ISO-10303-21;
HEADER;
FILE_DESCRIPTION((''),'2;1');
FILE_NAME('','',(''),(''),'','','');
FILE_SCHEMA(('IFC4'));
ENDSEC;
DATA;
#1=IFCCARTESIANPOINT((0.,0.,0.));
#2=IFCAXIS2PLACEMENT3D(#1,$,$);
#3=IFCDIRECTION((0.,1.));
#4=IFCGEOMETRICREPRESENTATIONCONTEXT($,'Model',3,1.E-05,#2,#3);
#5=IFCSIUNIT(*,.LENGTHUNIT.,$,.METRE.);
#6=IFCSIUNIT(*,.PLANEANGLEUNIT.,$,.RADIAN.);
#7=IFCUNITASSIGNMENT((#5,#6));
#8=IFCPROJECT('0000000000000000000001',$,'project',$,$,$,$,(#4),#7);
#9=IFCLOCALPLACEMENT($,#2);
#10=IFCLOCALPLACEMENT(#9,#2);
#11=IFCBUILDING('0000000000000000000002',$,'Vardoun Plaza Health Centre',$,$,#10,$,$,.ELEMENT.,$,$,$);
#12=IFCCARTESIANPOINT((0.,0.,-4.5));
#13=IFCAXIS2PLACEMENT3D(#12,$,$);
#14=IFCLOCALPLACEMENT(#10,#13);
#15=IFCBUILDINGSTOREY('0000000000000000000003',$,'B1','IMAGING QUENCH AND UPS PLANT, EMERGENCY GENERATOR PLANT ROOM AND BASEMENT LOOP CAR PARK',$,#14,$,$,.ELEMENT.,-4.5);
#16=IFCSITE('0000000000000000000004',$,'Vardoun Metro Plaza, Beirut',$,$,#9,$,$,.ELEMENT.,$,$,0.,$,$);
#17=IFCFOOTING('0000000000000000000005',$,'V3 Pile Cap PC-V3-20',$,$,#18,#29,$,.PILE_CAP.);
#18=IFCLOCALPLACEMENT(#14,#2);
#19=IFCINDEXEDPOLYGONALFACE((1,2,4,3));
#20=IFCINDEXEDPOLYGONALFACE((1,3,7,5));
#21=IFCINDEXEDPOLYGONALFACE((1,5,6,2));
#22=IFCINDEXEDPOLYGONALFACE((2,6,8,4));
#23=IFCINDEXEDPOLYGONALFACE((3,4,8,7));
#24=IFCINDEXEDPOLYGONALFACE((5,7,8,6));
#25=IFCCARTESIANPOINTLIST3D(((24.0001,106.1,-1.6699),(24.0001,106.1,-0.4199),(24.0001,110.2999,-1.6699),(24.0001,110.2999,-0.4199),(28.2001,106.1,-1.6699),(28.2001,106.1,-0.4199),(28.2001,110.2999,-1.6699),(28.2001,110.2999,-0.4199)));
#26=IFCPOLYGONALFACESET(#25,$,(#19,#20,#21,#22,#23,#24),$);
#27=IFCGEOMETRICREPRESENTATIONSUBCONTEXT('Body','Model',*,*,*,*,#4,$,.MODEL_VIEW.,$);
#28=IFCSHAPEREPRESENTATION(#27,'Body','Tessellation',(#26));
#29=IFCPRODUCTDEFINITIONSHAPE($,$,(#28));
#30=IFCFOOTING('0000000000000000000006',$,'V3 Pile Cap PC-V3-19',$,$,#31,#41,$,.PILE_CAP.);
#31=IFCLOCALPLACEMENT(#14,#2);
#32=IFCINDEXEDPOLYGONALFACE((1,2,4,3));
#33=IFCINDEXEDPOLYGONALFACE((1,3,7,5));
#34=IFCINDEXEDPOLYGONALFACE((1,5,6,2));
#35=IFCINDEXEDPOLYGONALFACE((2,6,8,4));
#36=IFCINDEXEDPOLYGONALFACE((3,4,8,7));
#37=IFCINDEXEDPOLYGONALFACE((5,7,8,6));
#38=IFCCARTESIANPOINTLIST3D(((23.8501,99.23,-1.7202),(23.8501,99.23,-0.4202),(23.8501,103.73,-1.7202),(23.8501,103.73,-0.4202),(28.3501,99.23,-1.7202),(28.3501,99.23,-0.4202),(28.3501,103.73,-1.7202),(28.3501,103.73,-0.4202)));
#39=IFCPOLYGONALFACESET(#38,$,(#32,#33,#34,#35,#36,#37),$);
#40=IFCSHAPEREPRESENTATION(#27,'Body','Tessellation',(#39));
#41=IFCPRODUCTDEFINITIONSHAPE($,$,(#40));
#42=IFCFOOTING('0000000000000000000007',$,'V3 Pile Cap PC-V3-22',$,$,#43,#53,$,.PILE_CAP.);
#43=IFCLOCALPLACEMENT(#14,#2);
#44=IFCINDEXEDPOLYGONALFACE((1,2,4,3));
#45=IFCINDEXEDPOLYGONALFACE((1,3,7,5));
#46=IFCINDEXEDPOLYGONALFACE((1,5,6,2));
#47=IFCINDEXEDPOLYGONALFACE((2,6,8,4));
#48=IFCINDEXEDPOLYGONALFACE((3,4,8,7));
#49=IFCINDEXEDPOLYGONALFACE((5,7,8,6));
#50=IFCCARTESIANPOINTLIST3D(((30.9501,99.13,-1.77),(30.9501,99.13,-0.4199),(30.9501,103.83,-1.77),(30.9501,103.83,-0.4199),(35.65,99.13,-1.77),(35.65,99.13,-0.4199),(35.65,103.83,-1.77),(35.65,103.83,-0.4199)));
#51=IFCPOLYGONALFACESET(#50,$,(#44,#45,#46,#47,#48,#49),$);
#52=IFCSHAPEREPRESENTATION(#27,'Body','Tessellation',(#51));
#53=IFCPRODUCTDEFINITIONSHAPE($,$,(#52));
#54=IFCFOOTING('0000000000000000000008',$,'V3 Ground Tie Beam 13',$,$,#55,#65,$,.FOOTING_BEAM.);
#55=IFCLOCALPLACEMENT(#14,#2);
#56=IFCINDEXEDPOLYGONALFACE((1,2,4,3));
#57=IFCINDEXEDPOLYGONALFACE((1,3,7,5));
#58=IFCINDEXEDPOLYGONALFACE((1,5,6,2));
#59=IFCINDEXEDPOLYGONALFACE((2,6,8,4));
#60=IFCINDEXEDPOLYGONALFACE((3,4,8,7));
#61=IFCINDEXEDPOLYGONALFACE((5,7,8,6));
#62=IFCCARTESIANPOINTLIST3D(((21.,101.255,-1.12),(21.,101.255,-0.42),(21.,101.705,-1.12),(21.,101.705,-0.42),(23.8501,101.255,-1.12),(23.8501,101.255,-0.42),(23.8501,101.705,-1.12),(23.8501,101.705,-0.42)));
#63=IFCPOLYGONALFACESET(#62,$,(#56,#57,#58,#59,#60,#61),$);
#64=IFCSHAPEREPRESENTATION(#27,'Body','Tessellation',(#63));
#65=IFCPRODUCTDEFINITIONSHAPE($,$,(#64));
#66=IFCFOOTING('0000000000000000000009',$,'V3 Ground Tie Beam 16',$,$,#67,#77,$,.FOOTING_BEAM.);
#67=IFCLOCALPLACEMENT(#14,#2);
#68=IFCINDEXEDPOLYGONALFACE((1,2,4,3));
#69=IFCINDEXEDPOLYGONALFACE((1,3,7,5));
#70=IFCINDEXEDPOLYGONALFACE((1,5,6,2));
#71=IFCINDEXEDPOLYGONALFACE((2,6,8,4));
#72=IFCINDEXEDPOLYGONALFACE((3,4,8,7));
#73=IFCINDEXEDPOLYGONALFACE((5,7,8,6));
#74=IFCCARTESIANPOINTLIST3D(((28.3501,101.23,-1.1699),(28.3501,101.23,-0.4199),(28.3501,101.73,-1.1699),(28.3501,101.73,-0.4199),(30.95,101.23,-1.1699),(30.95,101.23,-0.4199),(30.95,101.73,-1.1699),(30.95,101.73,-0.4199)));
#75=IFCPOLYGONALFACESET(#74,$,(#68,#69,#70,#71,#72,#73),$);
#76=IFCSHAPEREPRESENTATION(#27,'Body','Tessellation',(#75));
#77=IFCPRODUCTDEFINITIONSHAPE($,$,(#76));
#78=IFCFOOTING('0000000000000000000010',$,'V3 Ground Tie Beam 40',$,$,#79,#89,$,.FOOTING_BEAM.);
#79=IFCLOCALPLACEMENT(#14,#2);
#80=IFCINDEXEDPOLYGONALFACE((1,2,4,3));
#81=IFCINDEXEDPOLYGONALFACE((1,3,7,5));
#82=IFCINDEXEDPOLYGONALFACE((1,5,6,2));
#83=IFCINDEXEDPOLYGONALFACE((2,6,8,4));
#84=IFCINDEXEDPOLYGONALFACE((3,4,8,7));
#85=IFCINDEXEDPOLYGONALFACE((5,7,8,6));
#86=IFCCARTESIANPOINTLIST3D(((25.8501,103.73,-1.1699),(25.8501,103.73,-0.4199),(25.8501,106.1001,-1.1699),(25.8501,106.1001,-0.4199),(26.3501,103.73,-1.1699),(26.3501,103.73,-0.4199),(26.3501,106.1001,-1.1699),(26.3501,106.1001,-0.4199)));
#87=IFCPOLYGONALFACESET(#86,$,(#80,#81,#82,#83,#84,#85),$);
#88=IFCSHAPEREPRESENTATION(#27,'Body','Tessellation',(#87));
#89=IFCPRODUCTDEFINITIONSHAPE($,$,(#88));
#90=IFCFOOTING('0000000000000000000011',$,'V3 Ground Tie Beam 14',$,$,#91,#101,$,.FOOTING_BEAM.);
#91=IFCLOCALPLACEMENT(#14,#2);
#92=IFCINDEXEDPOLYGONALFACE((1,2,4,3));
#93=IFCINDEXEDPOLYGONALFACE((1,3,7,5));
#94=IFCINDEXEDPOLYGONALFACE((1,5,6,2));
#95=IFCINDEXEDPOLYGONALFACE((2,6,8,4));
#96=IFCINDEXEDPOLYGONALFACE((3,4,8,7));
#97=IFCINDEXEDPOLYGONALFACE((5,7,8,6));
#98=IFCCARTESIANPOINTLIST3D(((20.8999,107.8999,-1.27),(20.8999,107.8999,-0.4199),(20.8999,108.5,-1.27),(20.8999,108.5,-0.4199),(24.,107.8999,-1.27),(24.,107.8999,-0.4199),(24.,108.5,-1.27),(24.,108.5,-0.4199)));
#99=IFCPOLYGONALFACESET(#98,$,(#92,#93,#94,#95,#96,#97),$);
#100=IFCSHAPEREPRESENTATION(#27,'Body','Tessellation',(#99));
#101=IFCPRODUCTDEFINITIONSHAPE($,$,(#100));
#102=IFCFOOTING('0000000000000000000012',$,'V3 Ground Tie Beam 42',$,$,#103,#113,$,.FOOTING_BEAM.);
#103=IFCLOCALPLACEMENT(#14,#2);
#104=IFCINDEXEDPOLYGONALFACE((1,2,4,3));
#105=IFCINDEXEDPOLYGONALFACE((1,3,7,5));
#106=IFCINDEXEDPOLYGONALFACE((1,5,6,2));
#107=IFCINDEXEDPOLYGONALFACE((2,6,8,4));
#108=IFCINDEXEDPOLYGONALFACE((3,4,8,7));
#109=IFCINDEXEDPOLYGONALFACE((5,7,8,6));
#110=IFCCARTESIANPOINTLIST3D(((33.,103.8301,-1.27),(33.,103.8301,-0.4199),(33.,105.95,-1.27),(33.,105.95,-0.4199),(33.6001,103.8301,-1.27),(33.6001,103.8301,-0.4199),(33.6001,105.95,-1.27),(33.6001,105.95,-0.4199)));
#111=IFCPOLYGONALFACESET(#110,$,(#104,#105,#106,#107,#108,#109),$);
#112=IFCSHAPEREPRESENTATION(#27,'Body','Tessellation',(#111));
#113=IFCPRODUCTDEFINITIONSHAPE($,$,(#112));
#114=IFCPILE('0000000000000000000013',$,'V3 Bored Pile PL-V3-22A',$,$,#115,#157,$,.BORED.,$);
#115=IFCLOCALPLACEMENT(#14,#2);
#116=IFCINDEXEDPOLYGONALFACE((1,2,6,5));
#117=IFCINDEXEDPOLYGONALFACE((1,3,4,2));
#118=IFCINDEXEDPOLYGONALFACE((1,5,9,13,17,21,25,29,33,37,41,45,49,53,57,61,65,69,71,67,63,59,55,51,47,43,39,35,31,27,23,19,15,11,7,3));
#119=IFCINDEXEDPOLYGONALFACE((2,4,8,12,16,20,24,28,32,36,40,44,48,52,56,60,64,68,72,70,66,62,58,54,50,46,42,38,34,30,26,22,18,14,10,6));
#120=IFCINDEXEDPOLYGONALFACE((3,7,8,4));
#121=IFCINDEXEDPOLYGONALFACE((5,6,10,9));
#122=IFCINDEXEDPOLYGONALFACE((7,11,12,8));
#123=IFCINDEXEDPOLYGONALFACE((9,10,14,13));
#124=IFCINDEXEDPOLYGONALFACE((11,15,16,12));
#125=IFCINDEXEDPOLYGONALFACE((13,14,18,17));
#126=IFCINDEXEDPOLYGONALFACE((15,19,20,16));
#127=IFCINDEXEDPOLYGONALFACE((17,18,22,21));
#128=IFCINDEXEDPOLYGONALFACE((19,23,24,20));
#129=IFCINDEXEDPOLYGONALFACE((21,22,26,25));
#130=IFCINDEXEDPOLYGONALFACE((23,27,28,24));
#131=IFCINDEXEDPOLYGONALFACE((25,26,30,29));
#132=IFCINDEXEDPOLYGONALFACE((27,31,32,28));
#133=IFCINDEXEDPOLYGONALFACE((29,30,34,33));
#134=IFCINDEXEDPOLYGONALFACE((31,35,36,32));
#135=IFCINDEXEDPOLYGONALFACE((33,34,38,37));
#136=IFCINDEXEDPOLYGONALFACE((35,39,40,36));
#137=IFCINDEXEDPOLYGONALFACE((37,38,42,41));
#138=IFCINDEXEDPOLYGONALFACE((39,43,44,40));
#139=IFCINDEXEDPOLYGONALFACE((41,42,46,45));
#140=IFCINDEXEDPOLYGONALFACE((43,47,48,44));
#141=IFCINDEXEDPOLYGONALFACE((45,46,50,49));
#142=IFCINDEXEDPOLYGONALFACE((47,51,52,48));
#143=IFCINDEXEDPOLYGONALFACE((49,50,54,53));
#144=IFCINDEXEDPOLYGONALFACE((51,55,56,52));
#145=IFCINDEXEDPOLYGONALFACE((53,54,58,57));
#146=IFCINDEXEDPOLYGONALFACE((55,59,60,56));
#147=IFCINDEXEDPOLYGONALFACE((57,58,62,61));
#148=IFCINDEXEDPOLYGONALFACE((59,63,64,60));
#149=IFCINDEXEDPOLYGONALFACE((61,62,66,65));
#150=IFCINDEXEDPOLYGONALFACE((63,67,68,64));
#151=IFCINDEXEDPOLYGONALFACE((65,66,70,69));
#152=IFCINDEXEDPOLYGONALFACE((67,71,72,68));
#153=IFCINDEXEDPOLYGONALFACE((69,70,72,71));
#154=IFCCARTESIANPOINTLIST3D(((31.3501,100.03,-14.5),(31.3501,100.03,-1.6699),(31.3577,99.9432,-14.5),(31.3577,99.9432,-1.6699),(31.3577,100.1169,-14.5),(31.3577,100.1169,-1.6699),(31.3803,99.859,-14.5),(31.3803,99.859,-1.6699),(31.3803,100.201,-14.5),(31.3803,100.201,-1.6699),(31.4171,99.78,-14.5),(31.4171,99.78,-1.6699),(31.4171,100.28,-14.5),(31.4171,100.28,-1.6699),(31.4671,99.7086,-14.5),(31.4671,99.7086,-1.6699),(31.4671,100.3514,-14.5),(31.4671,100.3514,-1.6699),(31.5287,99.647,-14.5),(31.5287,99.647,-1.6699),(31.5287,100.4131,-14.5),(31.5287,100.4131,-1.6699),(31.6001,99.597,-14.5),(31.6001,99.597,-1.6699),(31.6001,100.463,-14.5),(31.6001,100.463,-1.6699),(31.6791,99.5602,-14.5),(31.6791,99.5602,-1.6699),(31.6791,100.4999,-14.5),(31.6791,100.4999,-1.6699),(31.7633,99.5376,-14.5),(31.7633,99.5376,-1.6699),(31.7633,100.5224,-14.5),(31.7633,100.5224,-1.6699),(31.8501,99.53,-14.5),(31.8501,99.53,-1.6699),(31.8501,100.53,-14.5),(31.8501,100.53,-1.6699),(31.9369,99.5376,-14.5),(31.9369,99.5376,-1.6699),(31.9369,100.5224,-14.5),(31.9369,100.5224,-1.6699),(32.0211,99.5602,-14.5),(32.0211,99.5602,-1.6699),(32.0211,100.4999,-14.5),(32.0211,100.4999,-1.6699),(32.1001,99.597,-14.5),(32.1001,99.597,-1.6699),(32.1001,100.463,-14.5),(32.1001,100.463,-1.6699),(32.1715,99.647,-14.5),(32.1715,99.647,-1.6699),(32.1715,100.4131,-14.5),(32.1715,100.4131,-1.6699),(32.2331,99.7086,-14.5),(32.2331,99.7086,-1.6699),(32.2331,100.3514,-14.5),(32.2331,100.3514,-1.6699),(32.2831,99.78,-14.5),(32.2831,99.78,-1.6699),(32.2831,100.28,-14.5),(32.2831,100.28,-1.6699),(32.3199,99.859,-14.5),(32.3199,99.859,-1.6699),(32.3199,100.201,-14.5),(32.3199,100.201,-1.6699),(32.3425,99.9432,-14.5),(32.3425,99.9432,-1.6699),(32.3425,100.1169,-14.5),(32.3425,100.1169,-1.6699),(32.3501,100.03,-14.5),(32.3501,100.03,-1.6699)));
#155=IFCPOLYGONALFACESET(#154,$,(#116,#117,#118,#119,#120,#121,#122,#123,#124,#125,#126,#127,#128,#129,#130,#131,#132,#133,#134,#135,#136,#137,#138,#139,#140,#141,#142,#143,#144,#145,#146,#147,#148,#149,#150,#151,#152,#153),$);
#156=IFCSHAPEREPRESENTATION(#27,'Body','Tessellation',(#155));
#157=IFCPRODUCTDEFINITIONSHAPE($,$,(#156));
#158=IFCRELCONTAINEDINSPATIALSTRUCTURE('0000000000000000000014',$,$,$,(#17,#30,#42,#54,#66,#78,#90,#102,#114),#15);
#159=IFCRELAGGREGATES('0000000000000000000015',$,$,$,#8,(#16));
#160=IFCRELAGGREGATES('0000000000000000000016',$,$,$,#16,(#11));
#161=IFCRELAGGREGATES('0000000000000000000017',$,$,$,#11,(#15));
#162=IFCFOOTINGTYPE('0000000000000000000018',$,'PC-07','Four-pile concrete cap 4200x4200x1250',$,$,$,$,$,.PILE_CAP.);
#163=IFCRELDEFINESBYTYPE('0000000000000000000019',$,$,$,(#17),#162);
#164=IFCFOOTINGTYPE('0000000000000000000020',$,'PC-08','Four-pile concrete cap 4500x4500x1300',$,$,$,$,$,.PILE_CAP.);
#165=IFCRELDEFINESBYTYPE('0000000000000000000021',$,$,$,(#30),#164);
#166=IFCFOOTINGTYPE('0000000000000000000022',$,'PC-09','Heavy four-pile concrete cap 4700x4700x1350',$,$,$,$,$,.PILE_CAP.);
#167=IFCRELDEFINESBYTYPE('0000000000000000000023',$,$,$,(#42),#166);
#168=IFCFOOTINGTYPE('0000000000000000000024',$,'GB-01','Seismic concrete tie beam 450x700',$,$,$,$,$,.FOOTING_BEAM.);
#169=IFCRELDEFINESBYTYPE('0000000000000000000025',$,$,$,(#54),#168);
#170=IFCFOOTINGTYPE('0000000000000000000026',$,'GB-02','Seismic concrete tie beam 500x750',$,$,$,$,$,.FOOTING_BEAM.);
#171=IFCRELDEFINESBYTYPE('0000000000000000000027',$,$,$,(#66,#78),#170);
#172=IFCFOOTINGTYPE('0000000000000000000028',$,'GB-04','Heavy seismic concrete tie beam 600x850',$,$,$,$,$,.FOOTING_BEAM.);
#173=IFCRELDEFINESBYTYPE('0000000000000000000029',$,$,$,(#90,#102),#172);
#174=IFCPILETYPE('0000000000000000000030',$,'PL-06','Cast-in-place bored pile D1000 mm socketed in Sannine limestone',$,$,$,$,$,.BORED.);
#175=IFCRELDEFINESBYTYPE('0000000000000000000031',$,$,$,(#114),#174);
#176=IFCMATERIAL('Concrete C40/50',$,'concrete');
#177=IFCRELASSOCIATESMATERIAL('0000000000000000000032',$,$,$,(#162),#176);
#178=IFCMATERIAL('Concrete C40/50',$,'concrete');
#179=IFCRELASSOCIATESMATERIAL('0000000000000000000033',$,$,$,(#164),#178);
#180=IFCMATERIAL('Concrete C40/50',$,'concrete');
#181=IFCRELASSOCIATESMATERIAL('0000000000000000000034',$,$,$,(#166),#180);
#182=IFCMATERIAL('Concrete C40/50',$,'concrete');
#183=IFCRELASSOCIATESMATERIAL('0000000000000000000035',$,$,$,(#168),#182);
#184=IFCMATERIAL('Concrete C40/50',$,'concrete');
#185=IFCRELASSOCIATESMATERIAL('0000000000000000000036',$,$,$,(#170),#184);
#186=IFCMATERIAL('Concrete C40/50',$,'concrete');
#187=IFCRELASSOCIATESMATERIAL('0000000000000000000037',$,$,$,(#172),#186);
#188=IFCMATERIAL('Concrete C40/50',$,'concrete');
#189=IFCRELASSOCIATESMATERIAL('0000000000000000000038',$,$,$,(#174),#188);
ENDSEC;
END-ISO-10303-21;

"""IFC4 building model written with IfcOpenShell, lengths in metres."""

from ifc_helpers import new_model, si_unit, direction, frame, origin, origin_2d, place, context, subcontext, project, spatial, rectangle, circle, extrude, material, material_profile, profile_set, type_object, element, save


model = new_model("IFC4")

# Units and contexts
model_context = context("Model", 3, precision=1e-05, world=origin(), true_north=direction((0.0, 1.0)))
body_context = subcontext(model_context, "Body", "Model", "MODEL_VIEW")
ifc_project = project(units=[si_unit("LENGTHUNIT", "METRE"), si_unit("PLANEANGLEUNIT", "RADIAN")], contexts=[model_context])

# Site, building, storey
site_placement = place(None, origin())
site = spatial("IfcSite", under=ifc_project, at=site_placement, Name="Vardoun Metro Plaza, Beirut", CompositionType="ELEMENT", RefElevation=0.0)
building_placement = place(site_placement, origin())
building = spatial("IfcBuilding", under=site, at=building_placement, Name="Vardoun Plaza Health Centre", CompositionType="ELEMENT")
storey_placement = place(building_placement, frame((0.0, 0.0, -4.5)))
storey = spatial("IfcBuildingStorey", under=building, at=storey_placement, Name="B1", Description="IMAGING QUENCH AND UPS PLANT, EMERGENCY GENERATOR PLANT ROOM AND BASEMENT LOOP CAR PARK", CompositionType="ELEMENT", Elevation=-4.5)

# Footings
ifc_material_1 = material(Name="Concrete C40/50", Category="concrete")
footing_type_1 = type_object("IfcFootingType", Name="PC-07", Description="Four-pile concrete cap 4200x4200x1250", PredefinedType="PILE_CAP", material=ifc_material_1)
footing_1_placement = place(storey_placement, frame((26.1001, 108.2, -1.6699), z_axis=(0.0, 0.0, 1.0), x_axis=(1.0, 0.0, 0.0)))
element("IfcFooting", 1, at=footing_1_placement, inside=storey, type_object=footing_type_1, Name="V3 Pile Cap PC-V3-20", PredefinedType="PILE_CAP", context=body_context, shape_type="SweptSolid", body=[
    extrude(rectangle(XDim=4.2, YDim=4.2, at=origin_2d()), origin(), (0.0, 0.0, 1.0), 1.25),
])
ifc_material_2 = material(Name="Concrete C40/50", Category="concrete")
footing_type_2 = type_object("IfcFootingType", Name="PC-08", Description="Four-pile concrete cap 4500x4500x1300", PredefinedType="PILE_CAP", material=ifc_material_2)
footing_2_placement = place(storey_placement, frame((26.1001, 101.48, -1.7202), z_axis=(0.0, 0.0, 1.0), x_axis=(1.0, 0.0, 0.0)))
element("IfcFooting", 2, at=footing_2_placement, inside=storey, type_object=footing_type_2, Name="V3 Pile Cap PC-V3-19", PredefinedType="PILE_CAP", context=body_context, shape_type="SweptSolid", body=[
    extrude(rectangle(XDim=4.5, YDim=4.5, at=origin_2d()), origin(), (0.0, 0.0, 1.0), 1.3),
])
ifc_material_3 = material(Name="Concrete C40/50", Category="concrete")
footing_type_3 = type_object("IfcFootingType", Name="PC-09", Description="Heavy four-pile concrete cap 4700x4700x1350", PredefinedType="PILE_CAP", material=ifc_material_3)
footing_3_placement = place(storey_placement, frame((33.3, 101.48, -1.77), z_axis=(0.0, 0.0, 1.0), x_axis=(1.0, 0.0, 0.0)))
element("IfcFooting", 3, at=footing_3_placement, inside=storey, type_object=footing_type_3, Name="V3 Pile Cap PC-V3-22", PredefinedType="PILE_CAP", context=body_context, shape_type="SweptSolid", body=[
    extrude(rectangle(XDim=4.7, YDim=4.7, at=origin_2d()), origin(), (0.0, 0.0, 1.0), 1.3501),
])
ifc_material_4 = material(Name="Concrete C40/50", Category="concrete")
ifc_material_profile_1 = material_profile(ifc_material_4, rectangle(XDim=0.45, YDim=0.7, at=origin_2d()), Name="GB 450x700")
ifc_profile_set_1 = profile_set([ifc_material_profile_1], Name="Concrete C40/50")
footing_type_4 = type_object("IfcFootingType", Name="GB-01", Description="Seismic concrete tie beam 450x700", PredefinedType="FOOTING_BEAM", material=ifc_profile_set_1)
footing_4_placement = place(storey_placement, frame((21.0, 101.48, -0.77), z_axis=(1.0, 0.0, 0.0), x_axis=(0.0, 1.0, 0.0)))
element("IfcFooting", 4, at=footing_4_placement, inside=storey, type_object=footing_type_4, Name="V3 Ground Tie Beam 13", PredefinedType="FOOTING_BEAM", context=body_context, shape_type="SweptSolid", body=[
    extrude(rectangle(XDim=0.45, YDim=0.7, at=origin_2d()), origin(), (0.0, 0.0, 1.0), 2.8501),
])
ifc_material_5 = material(Name="Concrete C40/50", Category="concrete")
ifc_material_profile_2 = material_profile(ifc_material_5, rectangle(XDim=0.5, YDim=0.75, at=origin_2d()), Name="GB 500x750")
ifc_profile_set_2 = profile_set([ifc_material_profile_2], Name="Concrete C40/50")
footing_type_5 = type_object("IfcFootingType", Name="GB-02", Description="Seismic concrete tie beam 500x750", PredefinedType="FOOTING_BEAM", material=ifc_profile_set_2)
footing_5_placement = place(storey_placement, frame((28.3501, 101.48, -0.7949), z_axis=(1.0, 0.0, 0.0), x_axis=(0.0, 1.0, 0.0)))
element("IfcFooting", 5, at=footing_5_placement, inside=storey, type_object=footing_type_5, Name="V3 Ground Tie Beam 16", PredefinedType="FOOTING_BEAM", context=body_context, shape_type="SweptSolid", body=[
    extrude(rectangle(XDim=0.5, YDim=0.75, at=origin_2d()), origin(), (0.0, 0.0, 1.0), 2.5999),
])
footing_6_placement = place(storey_placement, frame((26.1001, 103.73, -0.7949), z_axis=(0.0, 1.0, 0.0), x_axis=(-1.0, 0.0, 0.0)))
element("IfcFooting", 6, at=footing_6_placement, inside=storey, type_object=footing_type_5, Name="V3 Ground Tie Beam 40", PredefinedType="FOOTING_BEAM", context=body_context, shape_type="SweptSolid", body=[
    extrude(rectangle(XDim=0.5, YDim=0.75, at=origin_2d()), origin(), (0.0, 0.0, 1.0), 2.3701),
])
ifc_material_6 = material(Name="Concrete C40/50", Category="concrete")
ifc_material_profile_3 = material_profile(ifc_material_6, rectangle(XDim=0.6001, YDim=0.8501, at=origin_2d()), Name="GB 600x850")
ifc_profile_set_3 = profile_set([ifc_material_profile_3], Name="Concrete C40/50")
footing_type_6 = type_object("IfcFootingType", Name="GB-04", Description="Heavy seismic concrete tie beam 600x850", PredefinedType="FOOTING_BEAM", material=ifc_profile_set_3)
footing_7_placement = place(storey_placement, frame((20.8999, 108.2, -0.845), z_axis=(1.0, 0.0, 0.0), x_axis=(0.0, 1.0, 0.0)))
element("IfcFooting", 7, at=footing_7_placement, inside=storey, type_object=footing_type_6, Name="V3 Ground Tie Beam 14", PredefinedType="FOOTING_BEAM", context=body_context, shape_type="SweptSolid", body=[
    extrude(rectangle(XDim=0.6001, YDim=0.8501, at=origin_2d()), origin(), (0.0, 0.0, 1.0), 3.1001),
])
footing_8_placement = place(storey_placement, frame((33.3, 103.8301, -0.845), z_axis=(0.0, 1.0, 0.0), x_axis=(-1.0, 0.0, 0.0)))
element("IfcFooting", 8, at=footing_8_placement, inside=storey, type_object=footing_type_6, Name="V3 Ground Tie Beam 42", PredefinedType="FOOTING_BEAM", context=body_context, shape_type="SweptSolid", body=[
    extrude(rectangle(XDim=0.6001, YDim=0.8501, at=origin_2d()), origin(), (0.0, 0.0, 1.0), 2.1199),
])

# Pile
ifc_material_7 = material(Name="Concrete C40/50", Category="concrete")
ifc_material_profile_4 = material_profile(ifc_material_7, circle(Radius=0.5, at=origin_2d()), Name="PILE D1000")
ifc_profile_set_4 = profile_set([ifc_material_profile_4], Name="Concrete C40/50")
pile_type_1 = type_object("IfcPileType", Name="PL-06", Description="Cast-in-place bored pile D1000 mm socketed in Sannine limestone", PredefinedType="BORED", material=ifc_profile_set_4)
for number, where, z_axis, x_axis, name in (
    (9, (31.8501, 100.03, -1.6699), (0.0, 0.0, -1.0), (1.0, 0.0, 0.0), "V3 Bored Pile PL-V3-22A"),
):
    element("IfcPile", number, at=place(storey_placement, frame(where, z_axis=z_axis, x_axis=x_axis)), inside=storey, type_object=pile_type_1, Name=name, PredefinedType="BORED", context=body_context, shape_type="SweptSolid", body=[
        extrude(circle(Radius=0.5, at=origin_2d()), origin(), (0.0, 0.0, 1.0), 12.8301),
    ])

save(model, "model.ifc")
